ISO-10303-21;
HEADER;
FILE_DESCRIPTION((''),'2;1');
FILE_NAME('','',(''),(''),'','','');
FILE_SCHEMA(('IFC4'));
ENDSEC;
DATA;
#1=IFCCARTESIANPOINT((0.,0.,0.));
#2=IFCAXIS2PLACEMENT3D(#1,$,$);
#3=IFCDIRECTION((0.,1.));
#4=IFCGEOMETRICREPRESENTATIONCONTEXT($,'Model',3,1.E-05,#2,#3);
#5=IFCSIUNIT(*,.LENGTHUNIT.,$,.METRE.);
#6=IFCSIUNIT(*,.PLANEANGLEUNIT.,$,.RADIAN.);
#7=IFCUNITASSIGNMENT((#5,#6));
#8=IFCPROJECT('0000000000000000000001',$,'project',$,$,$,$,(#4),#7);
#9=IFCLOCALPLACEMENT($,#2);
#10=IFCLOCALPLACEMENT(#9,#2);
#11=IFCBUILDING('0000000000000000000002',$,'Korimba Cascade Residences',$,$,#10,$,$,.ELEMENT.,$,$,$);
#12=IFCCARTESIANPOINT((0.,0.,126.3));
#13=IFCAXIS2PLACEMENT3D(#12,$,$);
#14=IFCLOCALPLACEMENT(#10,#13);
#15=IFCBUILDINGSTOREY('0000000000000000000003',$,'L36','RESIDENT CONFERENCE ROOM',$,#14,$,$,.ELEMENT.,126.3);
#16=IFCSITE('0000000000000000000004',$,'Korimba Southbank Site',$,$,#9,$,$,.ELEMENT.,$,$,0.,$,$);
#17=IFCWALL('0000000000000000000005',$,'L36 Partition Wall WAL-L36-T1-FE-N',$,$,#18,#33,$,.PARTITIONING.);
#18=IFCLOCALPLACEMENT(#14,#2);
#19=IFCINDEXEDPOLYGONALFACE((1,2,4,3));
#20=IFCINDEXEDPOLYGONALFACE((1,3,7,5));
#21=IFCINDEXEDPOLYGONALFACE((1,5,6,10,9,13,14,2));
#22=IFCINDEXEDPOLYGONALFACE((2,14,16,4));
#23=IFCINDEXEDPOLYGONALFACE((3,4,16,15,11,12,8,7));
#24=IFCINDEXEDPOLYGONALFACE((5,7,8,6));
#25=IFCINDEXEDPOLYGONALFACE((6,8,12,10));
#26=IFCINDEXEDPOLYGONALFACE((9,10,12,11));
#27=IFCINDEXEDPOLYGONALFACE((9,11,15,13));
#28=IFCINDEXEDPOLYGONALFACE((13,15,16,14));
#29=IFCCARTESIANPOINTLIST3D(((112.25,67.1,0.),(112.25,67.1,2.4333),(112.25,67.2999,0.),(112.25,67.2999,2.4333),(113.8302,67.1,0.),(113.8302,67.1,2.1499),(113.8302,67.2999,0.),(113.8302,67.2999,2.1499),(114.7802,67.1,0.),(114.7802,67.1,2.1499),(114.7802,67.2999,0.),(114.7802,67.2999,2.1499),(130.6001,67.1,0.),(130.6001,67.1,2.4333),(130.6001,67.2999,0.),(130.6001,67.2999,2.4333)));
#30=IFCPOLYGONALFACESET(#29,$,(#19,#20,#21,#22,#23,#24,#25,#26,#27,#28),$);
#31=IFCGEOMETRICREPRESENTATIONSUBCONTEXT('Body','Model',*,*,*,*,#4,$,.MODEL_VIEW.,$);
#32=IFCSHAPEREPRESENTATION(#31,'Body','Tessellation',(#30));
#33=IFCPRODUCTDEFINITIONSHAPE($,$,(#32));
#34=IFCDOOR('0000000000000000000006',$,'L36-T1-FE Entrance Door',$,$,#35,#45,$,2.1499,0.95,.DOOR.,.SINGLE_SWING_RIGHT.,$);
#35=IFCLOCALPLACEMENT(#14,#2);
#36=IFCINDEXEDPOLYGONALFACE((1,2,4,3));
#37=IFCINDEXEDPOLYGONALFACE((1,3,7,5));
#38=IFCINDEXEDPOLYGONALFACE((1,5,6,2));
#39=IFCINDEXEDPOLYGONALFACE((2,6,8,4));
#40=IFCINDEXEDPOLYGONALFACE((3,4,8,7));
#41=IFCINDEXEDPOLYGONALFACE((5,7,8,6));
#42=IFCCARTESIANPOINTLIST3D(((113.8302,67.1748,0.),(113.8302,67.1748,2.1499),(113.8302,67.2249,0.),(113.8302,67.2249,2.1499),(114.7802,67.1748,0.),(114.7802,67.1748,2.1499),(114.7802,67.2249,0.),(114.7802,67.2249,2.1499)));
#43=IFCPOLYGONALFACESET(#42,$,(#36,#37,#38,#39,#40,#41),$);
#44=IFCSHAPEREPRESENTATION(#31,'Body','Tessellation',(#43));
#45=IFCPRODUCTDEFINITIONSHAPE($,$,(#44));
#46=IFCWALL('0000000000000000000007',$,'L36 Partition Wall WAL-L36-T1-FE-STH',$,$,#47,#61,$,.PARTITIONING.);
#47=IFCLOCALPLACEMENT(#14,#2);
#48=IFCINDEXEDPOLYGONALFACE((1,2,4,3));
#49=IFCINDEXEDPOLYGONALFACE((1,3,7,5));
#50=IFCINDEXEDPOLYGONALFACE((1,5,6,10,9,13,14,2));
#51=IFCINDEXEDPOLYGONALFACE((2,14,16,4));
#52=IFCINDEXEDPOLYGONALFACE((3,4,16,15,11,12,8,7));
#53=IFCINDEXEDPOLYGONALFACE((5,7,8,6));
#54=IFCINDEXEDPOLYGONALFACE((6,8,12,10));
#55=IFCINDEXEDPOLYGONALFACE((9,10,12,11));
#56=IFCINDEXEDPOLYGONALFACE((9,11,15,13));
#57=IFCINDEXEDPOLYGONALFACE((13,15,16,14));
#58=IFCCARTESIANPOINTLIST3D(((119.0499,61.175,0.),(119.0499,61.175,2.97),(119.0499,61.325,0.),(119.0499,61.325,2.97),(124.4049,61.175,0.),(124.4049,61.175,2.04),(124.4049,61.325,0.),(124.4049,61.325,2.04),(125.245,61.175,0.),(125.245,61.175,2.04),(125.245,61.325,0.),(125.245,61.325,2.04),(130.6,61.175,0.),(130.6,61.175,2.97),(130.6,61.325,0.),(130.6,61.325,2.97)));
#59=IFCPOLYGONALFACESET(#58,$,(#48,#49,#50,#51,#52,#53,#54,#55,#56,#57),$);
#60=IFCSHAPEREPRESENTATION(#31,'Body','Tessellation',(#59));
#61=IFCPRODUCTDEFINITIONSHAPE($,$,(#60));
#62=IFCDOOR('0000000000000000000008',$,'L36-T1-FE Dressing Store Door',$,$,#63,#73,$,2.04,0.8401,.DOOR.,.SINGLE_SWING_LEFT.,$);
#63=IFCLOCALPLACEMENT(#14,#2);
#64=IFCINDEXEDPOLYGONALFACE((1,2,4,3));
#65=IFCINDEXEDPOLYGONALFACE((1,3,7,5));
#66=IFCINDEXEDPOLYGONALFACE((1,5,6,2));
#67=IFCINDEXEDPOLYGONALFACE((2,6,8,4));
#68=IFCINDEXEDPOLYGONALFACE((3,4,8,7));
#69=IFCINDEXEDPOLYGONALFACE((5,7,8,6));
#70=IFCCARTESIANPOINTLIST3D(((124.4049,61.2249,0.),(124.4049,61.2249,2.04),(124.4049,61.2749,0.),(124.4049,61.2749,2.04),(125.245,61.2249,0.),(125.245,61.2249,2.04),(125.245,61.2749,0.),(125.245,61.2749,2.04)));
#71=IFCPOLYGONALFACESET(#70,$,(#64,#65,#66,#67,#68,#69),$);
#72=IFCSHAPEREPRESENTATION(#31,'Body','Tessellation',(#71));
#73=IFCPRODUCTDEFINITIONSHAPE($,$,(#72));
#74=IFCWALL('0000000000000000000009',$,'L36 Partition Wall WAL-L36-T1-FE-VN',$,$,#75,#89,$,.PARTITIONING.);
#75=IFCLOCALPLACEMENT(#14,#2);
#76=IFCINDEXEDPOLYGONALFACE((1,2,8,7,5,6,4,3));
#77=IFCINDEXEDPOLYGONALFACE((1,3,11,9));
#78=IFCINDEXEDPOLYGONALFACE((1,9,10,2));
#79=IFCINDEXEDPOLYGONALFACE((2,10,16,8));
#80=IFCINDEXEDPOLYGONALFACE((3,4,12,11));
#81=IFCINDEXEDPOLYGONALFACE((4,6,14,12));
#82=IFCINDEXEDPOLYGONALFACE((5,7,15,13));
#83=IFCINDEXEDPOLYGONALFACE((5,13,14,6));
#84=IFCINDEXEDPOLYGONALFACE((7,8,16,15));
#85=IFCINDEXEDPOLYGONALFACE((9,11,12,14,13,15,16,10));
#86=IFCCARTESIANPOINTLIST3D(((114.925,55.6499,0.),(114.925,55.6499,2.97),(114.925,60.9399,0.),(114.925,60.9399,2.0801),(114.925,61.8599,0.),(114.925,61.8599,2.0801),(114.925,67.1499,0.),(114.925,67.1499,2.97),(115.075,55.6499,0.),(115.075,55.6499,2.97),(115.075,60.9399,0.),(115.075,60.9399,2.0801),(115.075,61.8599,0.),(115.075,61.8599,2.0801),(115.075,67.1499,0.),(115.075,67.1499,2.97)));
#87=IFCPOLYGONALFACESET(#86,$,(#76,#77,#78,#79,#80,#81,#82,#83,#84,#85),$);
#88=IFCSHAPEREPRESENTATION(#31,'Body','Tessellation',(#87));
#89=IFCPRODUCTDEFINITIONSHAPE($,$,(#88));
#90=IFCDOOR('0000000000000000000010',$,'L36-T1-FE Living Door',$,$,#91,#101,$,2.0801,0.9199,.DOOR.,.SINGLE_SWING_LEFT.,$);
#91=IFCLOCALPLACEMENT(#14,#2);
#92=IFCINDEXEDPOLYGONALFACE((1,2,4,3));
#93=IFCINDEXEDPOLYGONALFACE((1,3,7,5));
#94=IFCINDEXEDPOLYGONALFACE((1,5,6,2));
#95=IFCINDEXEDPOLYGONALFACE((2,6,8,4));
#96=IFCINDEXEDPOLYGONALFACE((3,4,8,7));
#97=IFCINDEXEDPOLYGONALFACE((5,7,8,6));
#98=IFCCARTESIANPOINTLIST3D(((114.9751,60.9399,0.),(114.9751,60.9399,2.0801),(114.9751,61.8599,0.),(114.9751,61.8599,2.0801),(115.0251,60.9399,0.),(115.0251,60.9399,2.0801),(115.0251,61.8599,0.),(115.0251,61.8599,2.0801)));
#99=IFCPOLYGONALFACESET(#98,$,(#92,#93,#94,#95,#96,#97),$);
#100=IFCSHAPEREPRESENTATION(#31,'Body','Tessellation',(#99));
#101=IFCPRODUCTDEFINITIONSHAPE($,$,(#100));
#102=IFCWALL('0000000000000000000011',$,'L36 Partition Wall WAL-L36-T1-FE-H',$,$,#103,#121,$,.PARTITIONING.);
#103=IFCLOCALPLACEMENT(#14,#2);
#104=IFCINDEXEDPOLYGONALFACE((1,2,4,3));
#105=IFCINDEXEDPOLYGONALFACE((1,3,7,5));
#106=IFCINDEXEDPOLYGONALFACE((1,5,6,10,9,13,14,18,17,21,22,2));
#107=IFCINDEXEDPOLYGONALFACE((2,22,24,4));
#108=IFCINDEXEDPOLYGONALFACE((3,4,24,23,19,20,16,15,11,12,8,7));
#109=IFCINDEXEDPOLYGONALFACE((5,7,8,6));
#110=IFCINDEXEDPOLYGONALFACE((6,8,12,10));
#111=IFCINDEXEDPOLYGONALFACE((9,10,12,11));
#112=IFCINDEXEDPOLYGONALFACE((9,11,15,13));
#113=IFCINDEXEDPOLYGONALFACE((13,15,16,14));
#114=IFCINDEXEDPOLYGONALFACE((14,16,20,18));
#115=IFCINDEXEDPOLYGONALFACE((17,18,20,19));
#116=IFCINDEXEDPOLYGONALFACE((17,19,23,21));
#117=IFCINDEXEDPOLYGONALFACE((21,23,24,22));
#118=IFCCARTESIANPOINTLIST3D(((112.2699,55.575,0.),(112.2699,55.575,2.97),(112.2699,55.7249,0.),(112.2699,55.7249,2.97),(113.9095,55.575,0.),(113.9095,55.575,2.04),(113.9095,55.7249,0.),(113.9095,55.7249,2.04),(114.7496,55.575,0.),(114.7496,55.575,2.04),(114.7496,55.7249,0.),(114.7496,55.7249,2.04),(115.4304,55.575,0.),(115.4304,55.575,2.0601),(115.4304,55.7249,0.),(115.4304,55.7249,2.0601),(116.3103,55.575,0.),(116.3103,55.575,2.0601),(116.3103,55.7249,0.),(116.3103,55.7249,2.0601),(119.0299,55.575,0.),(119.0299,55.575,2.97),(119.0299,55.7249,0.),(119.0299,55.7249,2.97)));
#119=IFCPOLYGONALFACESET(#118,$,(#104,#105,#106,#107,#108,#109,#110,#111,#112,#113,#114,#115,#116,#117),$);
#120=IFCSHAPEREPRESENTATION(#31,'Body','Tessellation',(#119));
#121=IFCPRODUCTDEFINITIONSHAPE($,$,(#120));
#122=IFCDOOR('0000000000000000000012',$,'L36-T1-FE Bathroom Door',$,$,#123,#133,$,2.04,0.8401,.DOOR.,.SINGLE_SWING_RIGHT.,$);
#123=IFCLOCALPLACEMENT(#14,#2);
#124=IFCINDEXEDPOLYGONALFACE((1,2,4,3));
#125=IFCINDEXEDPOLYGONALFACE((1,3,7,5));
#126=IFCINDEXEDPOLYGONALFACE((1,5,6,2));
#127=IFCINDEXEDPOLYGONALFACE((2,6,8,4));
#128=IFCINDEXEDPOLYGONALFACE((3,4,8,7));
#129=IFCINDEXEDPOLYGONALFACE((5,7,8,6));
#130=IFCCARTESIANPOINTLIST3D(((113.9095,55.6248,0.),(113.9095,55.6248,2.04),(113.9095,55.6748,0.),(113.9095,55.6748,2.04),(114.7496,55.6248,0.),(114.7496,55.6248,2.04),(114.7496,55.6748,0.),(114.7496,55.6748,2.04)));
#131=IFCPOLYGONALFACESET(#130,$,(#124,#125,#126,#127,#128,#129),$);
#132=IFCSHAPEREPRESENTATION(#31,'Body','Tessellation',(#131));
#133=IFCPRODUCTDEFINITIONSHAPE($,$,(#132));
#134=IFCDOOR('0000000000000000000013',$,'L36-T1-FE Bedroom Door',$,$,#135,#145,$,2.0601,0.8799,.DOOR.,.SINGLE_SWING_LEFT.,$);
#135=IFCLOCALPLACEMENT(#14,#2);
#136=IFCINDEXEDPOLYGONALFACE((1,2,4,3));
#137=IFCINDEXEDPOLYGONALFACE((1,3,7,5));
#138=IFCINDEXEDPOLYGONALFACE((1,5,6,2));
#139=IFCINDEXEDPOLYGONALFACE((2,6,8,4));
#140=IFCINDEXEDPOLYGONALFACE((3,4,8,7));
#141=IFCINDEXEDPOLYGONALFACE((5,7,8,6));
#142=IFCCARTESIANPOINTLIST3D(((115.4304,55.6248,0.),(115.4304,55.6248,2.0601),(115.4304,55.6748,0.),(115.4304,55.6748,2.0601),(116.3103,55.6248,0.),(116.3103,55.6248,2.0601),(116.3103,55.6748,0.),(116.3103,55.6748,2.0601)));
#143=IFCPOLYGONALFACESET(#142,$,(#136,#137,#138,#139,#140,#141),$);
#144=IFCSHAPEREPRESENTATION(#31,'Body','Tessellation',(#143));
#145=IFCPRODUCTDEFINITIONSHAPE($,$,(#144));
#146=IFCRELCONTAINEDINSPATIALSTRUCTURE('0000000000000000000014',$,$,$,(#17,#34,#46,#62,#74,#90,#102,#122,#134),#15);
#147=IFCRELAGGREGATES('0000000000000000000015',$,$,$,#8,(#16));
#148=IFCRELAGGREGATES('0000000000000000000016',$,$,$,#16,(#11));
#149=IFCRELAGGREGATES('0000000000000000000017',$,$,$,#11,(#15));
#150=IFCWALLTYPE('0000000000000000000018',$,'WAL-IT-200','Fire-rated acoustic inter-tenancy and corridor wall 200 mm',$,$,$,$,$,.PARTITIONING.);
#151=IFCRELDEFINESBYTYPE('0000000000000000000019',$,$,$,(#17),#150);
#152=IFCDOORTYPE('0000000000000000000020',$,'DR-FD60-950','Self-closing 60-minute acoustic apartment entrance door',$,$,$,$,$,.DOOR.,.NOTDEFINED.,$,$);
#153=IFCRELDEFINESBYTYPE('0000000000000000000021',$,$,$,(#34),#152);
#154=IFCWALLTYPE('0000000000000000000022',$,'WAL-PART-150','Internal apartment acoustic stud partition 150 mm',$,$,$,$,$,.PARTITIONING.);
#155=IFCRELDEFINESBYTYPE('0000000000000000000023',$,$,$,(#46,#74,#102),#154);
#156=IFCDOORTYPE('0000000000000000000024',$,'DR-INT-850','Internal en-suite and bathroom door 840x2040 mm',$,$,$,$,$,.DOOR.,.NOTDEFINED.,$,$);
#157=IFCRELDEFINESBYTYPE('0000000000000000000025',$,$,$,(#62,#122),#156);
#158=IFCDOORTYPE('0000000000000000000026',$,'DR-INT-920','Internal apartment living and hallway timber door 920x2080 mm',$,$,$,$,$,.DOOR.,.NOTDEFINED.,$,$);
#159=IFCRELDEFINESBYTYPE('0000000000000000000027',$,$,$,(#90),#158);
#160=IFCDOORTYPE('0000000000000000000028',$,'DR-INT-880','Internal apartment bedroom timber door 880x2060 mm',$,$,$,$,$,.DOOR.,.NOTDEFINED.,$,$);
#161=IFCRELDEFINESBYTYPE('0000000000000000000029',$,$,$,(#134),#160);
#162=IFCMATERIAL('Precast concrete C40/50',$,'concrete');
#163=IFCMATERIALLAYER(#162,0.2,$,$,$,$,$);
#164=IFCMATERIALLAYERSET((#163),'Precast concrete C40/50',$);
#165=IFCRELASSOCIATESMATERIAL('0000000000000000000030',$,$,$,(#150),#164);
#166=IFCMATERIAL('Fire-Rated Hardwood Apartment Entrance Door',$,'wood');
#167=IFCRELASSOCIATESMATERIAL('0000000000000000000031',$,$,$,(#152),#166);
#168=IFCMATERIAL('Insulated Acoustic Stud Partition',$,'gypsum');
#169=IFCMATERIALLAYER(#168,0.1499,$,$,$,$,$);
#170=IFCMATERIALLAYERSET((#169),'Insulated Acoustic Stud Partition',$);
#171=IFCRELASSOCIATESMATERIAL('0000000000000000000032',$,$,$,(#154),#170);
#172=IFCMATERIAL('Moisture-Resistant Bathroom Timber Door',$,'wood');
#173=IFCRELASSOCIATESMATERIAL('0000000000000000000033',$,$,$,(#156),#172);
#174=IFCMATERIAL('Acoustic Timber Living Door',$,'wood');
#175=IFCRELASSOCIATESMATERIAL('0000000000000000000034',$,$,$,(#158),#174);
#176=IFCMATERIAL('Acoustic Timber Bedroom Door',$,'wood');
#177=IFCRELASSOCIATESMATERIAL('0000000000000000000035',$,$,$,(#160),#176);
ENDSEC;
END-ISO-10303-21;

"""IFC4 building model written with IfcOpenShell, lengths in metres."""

from ifc_helpers import new_model, si_unit, direction, frame, frame_2d, origin, place, context, subcontext, project, spatial, rectangle, extrude, material, layer, layer_set, type_object, element, fill, save


model = new_model("IFC4")

# Units and contexts
model_context = context("Model", 3, precision=1e-05, world=origin(), true_north=direction((0.0, 1.0)))
body_context = subcontext(model_context, "Body", "Model", "MODEL_VIEW")
ifc_project = project(units=[si_unit("LENGTHUNIT", "METRE"), si_unit("PLANEANGLEUNIT", "RADIAN")], contexts=[model_context])

# Site, building, storey
site_placement = place(None, origin())
site = spatial("IfcSite", under=ifc_project, at=site_placement, Name="Korimba Southbank Site", CompositionType="ELEMENT", RefElevation=0.0)
building_placement = place(site_placement, origin())
building = spatial("IfcBuilding", under=site, at=building_placement, Name="Korimba Cascade Residences", CompositionType="ELEMENT")
storey_placement = place(building_placement, frame((0.0, 0.0, 126.3)))
storey = spatial("IfcBuildingStorey", under=building, at=storey_placement, Name="L36", Description="RESIDENT CONFERENCE ROOM", CompositionType="ELEMENT", Elevation=126.3)

# Walls, openings, doors
ifc_material_1 = material(Name="Precast concrete C40/50", Category="concrete")
ifc_layer_1 = layer(ifc_material_1, 0.2)
ifc_layer_set_1 = layer_set([ifc_layer_1], Name="Precast concrete C40/50")
wall_type_1 = type_object("IfcWallType", Name="WAL-IT-200", Description="Fire-rated acoustic inter-tenancy and corridor wall 200 mm", PredefinedType="PARTITIONING", material=ifc_layer_set_1)
wall_1_placement = place(storey_placement, frame((112.25, 67.2, 0.0), z_axis=(0.0, 0.0, 1.0), x_axis=(1.0, 0.0, 0.0)))
wall_1 = element("IfcWall", 1, at=wall_1_placement, inside=storey, type_object=wall_type_1, Name="L36 Partition Wall WAL-L36-T1-FE-N", PredefinedType="PARTITIONING", context=body_context, shape_type="SweptSolid", body=[
    extrude(rectangle(XDim=18.3501, YDim=0.2, at=frame_2d((9.175, 0.0))), origin(), (0.0, 0.0, 1.0), 2.4333),
])
opening_1_placement = place(wall_1_placement, frame((1.5801, 0.0, 0.0)))
opening_1 = element("IfcOpeningElement", 2, at=opening_1_placement, cuts=wall_1, PredefinedType="OPENING", context=body_context, shape_type="SweptSolid", body=[
    extrude(rectangle(XDim=0.95, YDim=2.1499, at=frame_2d((0.4751, 1.075))), frame((0.0, 0.1099, 0.0), z_axis=(0.0, -1.0, 0.0), x_axis=(1.0, 0.0, 0.0)), (0.0, 0.0, 1.0), 0.22),
])
ifc_material_2 = material(Name="Fire-Rated Hardwood Apartment Entrance Door", Category="wood")
door_type_1 = type_object("IfcDoorType", Name="DR-FD60-950", Description="Self-closing 60-minute acoustic apartment entrance door", OperationType="NOTDEFINED", PredefinedType="DOOR", material=ifc_material_2)
door_1_placement = place(opening_1_placement, origin())
door_1 = element("IfcDoor", 3, at=door_1_placement, inside=storey, type_object=door_type_1, Name="L36-T1-FE Entrance Door", OperationType="SINGLE_SWING_RIGHT", OverallHeight=2.1499, OverallWidth=0.95, PredefinedType="DOOR", context=body_context, shape_type="SweptSolid", body=[
    extrude(rectangle(XDim=0.95, YDim=2.1499, at=frame_2d((0.4751, 1.075))), frame((0.0, 0.0249, 0.0), z_axis=(0.0, -1.0, 0.0), x_axis=(1.0, 0.0, 0.0)), (0.0, 0.0, 1.0), 0.05),
])
fill(opening_1, door_1)
ifc_material_3 = material(Name="Insulated Acoustic Stud Partition", Category="gypsum")
ifc_layer_2 = layer(ifc_material_3, 0.1499)
ifc_layer_set_2 = layer_set([ifc_layer_2], Name="Insulated Acoustic Stud Partition")
wall_type_2 = type_object("IfcWallType", Name="WAL-PART-150", Description="Internal apartment acoustic stud partition 150 mm", PredefinedType="PARTITIONING", material=ifc_layer_set_2)
wall_2_placement = place(storey_placement, frame((119.05, 61.25, 0.0), z_axis=(0.0, 0.0, 1.0), x_axis=(1.0, 0.0, 0.0)))
wall_2 = element("IfcWall", 4, at=wall_2_placement, inside=storey, type_object=wall_type_2, Name="L36 Partition Wall WAL-L36-T1-FE-STH", PredefinedType="PARTITIONING", context=body_context, shape_type="SweptSolid", body=[
    extrude(rectangle(XDim=11.55, YDim=0.1499, at=frame_2d((5.7749, 0.0))), origin(), (0.0, 0.0, 1.0), 2.97),
])
opening_2_placement = place(wall_2_placement, frame((5.355, 0.0, 0.0)))
opening_2 = element("IfcOpeningElement", 5, at=opening_2_placement, cuts=wall_2, PredefinedType="OPENING", context=body_context, shape_type="SweptSolid", body=[
    extrude(rectangle(XDim=0.8401, YDim=2.04, at=frame_2d((0.4199, 1.02))), frame((0.0, 0.085, 0.0), z_axis=(0.0, -1.0, 0.0), x_axis=(1.0, 0.0, 0.0)), (0.0, 0.0, 1.0), 0.1699),
])
ifc_material_4 = material(Name="Moisture-Resistant Bathroom Timber Door", Category="wood")
door_type_2 = type_object("IfcDoorType", Name="DR-INT-850", Description="Internal en-suite and bathroom door 840x2040 mm", OperationType="NOTDEFINED", PredefinedType="DOOR", material=ifc_material_4)
door_2_placement = place(opening_2_placement, origin())
door_2 = element("IfcDoor", 6, at=door_2_placement, inside=storey, type_object=door_type_2, Name="L36-T1-FE Dressing Store Door", OperationType="SINGLE_SWING_LEFT", OverallHeight=2.04, OverallWidth=0.8401, PredefinedType="DOOR", context=body_context, shape_type="SweptSolid", body=[
    extrude(rectangle(XDim=0.8401, YDim=2.04, at=frame_2d((0.4199, 1.02))), frame((0.0, 0.0249, 0.0), z_axis=(0.0, -1.0, 0.0), x_axis=(1.0, 0.0, 0.0)), (0.0, 0.0, 1.0), 0.05),
])
fill(opening_2, door_2)
wall_3_placement = place(storey_placement, frame((115.0, 55.6499, 0.0), z_axis=(0.0, 0.0, 1.0), x_axis=(0.0, 1.0, 0.0)))
wall_3 = element("IfcWall", 7, at=wall_3_placement, inside=storey, type_object=wall_type_2, Name="L36 Partition Wall WAL-L36-T1-FE-VN", PredefinedType="PARTITIONING", context=body_context, shape_type="SweptSolid", body=[
    extrude(rectangle(XDim=11.5, YDim=0.1499, at=frame_2d((5.75, 0.0))), origin(), (0.0, 0.0, 1.0), 2.97),
])
opening_3_placement = place(wall_3_placement, frame((5.29, 0.0, 0.0)))
opening_3 = element("IfcOpeningElement", 8, at=opening_3_placement, cuts=wall_3, PredefinedType="OPENING", context=body_context, shape_type="SweptSolid", body=[
    extrude(rectangle(XDim=0.9199, YDim=2.0801, at=frame_2d((0.46, 1.04))), frame((0.0, 0.085, 0.0), z_axis=(0.0, -1.0, 0.0), x_axis=(1.0, 0.0, 0.0)), (0.0, 0.0, 1.0), 0.1699),
])
ifc_material_5 = material(Name="Acoustic Timber Living Door", Category="wood")
door_type_3 = type_object("IfcDoorType", Name="DR-INT-920", Description="Internal apartment living and hallway timber door 920x2080 mm", OperationType="NOTDEFINED", PredefinedType="DOOR", material=ifc_material_5)
door_3_placement = place(opening_3_placement, origin())
door_3 = element("IfcDoor", 9, at=door_3_placement, inside=storey, type_object=door_type_3, Name="L36-T1-FE Living Door", OperationType="SINGLE_SWING_LEFT", OverallHeight=2.0801, OverallWidth=0.9199, PredefinedType="DOOR", context=body_context, shape_type="SweptSolid", body=[
    extrude(rectangle(XDim=0.9199, YDim=2.0801, at=frame_2d((0.46, 1.04))), frame((0.0, 0.0249, 0.0), z_axis=(0.0, -1.0, 0.0), x_axis=(1.0, 0.0, 0.0)), (0.0, 0.0, 1.0), 0.05),
])
fill(opening_3, door_3)

# Wall, openings, doors
wall_4_placement = place(storey_placement, frame((112.27, 55.6499, 0.0), z_axis=(0.0, 0.0, 1.0), x_axis=(1.0, 0.0, 0.0)))
wall_4 = element("IfcWall", 10, at=wall_4_placement, inside=storey, type_object=wall_type_2, Name="L36 Partition Wall WAL-L36-T1-FE-H", PredefinedType="PARTITIONING", context=body_context, shape_type="SweptSolid", body=[
    extrude(rectangle(XDim=6.76, YDim=0.1499, at=frame_2d((3.3799, 0.0))), origin(), (0.0, 0.0, 1.0), 2.97),
])
opening_4_placement = place(wall_4_placement, frame((1.6396, 0.0, 0.0)))
opening_4 = element("IfcOpeningElement", 11, at=opening_4_placement, cuts=wall_4, PredefinedType="OPENING", context=body_context, shape_type="SweptSolid", body=[
    extrude(rectangle(XDim=0.8401, YDim=2.04, at=frame_2d((0.4199, 1.02))), frame((0.0, 0.085, 0.0), z_axis=(0.0, -1.0, 0.0), x_axis=(1.0, 0.0, 0.0)), (0.0, 0.0, 1.0), 0.1699),
])
opening_5_placement = place(wall_4_placement, frame((3.1604, 0.0, 0.0)))
opening_5 = element("IfcOpeningElement", 12, at=opening_5_placement, cuts=wall_4, PredefinedType="OPENING", context=body_context, shape_type="SweptSolid", body=[
    extrude(rectangle(XDim=0.8799, YDim=2.0601, at=frame_2d((0.4399, 1.03))), frame((0.0, 0.085, 0.0), z_axis=(0.0, -1.0, 0.0), x_axis=(1.0, 0.0, 0.0)), (0.0, 0.0, 1.0), 0.1699),
])
door_4_placement = place(opening_4_placement, origin())
door_4 = element("IfcDoor", 13, at=door_4_placement, inside=storey, type_object=door_type_2, Name="L36-T1-FE Bathroom Door", OperationType="SINGLE_SWING_RIGHT", OverallHeight=2.04, OverallWidth=0.8401, PredefinedType="DOOR", context=body_context, shape_type="SweptSolid", body=[
    extrude(rectangle(XDim=0.8401, YDim=2.04, at=frame_2d((0.4199, 1.02))), frame((0.0, 0.0249, 0.0), z_axis=(0.0, -1.0, 0.0), x_axis=(1.0, 0.0, 0.0)), (0.0, 0.0, 1.0), 0.05),
])
fill(opening_4, door_4)
ifc_material_6 = material(Name="Acoustic Timber Bedroom Door", Category="wood")
door_type_4 = type_object("IfcDoorType", Name="DR-INT-880", Description="Internal apartment bedroom timber door 880x2060 mm", OperationType="NOTDEFINED", PredefinedType="DOOR", material=ifc_material_6)
door_5_placement = place(opening_5_placement, origin())
door_5 = element("IfcDoor", 14, at=door_5_placement, inside=storey, type_object=door_type_4, Name="L36-T1-FE Bedroom Door", OperationType="SINGLE_SWING_LEFT", OverallHeight=2.0601, OverallWidth=0.8799, PredefinedType="DOOR", context=body_context, shape_type="SweptSolid", body=[
    extrude(rectangle(XDim=0.8799, YDim=2.0601, at=frame_2d((0.4399, 1.03))), frame((0.0, 0.0249, 0.0), z_axis=(0.0, -1.0, 0.0), x_axis=(1.0, 0.0, 0.0)), (0.0, 0.0, 1.0), 0.05),
])
fill(opening_5, door_5)

save(model, "model.ifc")
